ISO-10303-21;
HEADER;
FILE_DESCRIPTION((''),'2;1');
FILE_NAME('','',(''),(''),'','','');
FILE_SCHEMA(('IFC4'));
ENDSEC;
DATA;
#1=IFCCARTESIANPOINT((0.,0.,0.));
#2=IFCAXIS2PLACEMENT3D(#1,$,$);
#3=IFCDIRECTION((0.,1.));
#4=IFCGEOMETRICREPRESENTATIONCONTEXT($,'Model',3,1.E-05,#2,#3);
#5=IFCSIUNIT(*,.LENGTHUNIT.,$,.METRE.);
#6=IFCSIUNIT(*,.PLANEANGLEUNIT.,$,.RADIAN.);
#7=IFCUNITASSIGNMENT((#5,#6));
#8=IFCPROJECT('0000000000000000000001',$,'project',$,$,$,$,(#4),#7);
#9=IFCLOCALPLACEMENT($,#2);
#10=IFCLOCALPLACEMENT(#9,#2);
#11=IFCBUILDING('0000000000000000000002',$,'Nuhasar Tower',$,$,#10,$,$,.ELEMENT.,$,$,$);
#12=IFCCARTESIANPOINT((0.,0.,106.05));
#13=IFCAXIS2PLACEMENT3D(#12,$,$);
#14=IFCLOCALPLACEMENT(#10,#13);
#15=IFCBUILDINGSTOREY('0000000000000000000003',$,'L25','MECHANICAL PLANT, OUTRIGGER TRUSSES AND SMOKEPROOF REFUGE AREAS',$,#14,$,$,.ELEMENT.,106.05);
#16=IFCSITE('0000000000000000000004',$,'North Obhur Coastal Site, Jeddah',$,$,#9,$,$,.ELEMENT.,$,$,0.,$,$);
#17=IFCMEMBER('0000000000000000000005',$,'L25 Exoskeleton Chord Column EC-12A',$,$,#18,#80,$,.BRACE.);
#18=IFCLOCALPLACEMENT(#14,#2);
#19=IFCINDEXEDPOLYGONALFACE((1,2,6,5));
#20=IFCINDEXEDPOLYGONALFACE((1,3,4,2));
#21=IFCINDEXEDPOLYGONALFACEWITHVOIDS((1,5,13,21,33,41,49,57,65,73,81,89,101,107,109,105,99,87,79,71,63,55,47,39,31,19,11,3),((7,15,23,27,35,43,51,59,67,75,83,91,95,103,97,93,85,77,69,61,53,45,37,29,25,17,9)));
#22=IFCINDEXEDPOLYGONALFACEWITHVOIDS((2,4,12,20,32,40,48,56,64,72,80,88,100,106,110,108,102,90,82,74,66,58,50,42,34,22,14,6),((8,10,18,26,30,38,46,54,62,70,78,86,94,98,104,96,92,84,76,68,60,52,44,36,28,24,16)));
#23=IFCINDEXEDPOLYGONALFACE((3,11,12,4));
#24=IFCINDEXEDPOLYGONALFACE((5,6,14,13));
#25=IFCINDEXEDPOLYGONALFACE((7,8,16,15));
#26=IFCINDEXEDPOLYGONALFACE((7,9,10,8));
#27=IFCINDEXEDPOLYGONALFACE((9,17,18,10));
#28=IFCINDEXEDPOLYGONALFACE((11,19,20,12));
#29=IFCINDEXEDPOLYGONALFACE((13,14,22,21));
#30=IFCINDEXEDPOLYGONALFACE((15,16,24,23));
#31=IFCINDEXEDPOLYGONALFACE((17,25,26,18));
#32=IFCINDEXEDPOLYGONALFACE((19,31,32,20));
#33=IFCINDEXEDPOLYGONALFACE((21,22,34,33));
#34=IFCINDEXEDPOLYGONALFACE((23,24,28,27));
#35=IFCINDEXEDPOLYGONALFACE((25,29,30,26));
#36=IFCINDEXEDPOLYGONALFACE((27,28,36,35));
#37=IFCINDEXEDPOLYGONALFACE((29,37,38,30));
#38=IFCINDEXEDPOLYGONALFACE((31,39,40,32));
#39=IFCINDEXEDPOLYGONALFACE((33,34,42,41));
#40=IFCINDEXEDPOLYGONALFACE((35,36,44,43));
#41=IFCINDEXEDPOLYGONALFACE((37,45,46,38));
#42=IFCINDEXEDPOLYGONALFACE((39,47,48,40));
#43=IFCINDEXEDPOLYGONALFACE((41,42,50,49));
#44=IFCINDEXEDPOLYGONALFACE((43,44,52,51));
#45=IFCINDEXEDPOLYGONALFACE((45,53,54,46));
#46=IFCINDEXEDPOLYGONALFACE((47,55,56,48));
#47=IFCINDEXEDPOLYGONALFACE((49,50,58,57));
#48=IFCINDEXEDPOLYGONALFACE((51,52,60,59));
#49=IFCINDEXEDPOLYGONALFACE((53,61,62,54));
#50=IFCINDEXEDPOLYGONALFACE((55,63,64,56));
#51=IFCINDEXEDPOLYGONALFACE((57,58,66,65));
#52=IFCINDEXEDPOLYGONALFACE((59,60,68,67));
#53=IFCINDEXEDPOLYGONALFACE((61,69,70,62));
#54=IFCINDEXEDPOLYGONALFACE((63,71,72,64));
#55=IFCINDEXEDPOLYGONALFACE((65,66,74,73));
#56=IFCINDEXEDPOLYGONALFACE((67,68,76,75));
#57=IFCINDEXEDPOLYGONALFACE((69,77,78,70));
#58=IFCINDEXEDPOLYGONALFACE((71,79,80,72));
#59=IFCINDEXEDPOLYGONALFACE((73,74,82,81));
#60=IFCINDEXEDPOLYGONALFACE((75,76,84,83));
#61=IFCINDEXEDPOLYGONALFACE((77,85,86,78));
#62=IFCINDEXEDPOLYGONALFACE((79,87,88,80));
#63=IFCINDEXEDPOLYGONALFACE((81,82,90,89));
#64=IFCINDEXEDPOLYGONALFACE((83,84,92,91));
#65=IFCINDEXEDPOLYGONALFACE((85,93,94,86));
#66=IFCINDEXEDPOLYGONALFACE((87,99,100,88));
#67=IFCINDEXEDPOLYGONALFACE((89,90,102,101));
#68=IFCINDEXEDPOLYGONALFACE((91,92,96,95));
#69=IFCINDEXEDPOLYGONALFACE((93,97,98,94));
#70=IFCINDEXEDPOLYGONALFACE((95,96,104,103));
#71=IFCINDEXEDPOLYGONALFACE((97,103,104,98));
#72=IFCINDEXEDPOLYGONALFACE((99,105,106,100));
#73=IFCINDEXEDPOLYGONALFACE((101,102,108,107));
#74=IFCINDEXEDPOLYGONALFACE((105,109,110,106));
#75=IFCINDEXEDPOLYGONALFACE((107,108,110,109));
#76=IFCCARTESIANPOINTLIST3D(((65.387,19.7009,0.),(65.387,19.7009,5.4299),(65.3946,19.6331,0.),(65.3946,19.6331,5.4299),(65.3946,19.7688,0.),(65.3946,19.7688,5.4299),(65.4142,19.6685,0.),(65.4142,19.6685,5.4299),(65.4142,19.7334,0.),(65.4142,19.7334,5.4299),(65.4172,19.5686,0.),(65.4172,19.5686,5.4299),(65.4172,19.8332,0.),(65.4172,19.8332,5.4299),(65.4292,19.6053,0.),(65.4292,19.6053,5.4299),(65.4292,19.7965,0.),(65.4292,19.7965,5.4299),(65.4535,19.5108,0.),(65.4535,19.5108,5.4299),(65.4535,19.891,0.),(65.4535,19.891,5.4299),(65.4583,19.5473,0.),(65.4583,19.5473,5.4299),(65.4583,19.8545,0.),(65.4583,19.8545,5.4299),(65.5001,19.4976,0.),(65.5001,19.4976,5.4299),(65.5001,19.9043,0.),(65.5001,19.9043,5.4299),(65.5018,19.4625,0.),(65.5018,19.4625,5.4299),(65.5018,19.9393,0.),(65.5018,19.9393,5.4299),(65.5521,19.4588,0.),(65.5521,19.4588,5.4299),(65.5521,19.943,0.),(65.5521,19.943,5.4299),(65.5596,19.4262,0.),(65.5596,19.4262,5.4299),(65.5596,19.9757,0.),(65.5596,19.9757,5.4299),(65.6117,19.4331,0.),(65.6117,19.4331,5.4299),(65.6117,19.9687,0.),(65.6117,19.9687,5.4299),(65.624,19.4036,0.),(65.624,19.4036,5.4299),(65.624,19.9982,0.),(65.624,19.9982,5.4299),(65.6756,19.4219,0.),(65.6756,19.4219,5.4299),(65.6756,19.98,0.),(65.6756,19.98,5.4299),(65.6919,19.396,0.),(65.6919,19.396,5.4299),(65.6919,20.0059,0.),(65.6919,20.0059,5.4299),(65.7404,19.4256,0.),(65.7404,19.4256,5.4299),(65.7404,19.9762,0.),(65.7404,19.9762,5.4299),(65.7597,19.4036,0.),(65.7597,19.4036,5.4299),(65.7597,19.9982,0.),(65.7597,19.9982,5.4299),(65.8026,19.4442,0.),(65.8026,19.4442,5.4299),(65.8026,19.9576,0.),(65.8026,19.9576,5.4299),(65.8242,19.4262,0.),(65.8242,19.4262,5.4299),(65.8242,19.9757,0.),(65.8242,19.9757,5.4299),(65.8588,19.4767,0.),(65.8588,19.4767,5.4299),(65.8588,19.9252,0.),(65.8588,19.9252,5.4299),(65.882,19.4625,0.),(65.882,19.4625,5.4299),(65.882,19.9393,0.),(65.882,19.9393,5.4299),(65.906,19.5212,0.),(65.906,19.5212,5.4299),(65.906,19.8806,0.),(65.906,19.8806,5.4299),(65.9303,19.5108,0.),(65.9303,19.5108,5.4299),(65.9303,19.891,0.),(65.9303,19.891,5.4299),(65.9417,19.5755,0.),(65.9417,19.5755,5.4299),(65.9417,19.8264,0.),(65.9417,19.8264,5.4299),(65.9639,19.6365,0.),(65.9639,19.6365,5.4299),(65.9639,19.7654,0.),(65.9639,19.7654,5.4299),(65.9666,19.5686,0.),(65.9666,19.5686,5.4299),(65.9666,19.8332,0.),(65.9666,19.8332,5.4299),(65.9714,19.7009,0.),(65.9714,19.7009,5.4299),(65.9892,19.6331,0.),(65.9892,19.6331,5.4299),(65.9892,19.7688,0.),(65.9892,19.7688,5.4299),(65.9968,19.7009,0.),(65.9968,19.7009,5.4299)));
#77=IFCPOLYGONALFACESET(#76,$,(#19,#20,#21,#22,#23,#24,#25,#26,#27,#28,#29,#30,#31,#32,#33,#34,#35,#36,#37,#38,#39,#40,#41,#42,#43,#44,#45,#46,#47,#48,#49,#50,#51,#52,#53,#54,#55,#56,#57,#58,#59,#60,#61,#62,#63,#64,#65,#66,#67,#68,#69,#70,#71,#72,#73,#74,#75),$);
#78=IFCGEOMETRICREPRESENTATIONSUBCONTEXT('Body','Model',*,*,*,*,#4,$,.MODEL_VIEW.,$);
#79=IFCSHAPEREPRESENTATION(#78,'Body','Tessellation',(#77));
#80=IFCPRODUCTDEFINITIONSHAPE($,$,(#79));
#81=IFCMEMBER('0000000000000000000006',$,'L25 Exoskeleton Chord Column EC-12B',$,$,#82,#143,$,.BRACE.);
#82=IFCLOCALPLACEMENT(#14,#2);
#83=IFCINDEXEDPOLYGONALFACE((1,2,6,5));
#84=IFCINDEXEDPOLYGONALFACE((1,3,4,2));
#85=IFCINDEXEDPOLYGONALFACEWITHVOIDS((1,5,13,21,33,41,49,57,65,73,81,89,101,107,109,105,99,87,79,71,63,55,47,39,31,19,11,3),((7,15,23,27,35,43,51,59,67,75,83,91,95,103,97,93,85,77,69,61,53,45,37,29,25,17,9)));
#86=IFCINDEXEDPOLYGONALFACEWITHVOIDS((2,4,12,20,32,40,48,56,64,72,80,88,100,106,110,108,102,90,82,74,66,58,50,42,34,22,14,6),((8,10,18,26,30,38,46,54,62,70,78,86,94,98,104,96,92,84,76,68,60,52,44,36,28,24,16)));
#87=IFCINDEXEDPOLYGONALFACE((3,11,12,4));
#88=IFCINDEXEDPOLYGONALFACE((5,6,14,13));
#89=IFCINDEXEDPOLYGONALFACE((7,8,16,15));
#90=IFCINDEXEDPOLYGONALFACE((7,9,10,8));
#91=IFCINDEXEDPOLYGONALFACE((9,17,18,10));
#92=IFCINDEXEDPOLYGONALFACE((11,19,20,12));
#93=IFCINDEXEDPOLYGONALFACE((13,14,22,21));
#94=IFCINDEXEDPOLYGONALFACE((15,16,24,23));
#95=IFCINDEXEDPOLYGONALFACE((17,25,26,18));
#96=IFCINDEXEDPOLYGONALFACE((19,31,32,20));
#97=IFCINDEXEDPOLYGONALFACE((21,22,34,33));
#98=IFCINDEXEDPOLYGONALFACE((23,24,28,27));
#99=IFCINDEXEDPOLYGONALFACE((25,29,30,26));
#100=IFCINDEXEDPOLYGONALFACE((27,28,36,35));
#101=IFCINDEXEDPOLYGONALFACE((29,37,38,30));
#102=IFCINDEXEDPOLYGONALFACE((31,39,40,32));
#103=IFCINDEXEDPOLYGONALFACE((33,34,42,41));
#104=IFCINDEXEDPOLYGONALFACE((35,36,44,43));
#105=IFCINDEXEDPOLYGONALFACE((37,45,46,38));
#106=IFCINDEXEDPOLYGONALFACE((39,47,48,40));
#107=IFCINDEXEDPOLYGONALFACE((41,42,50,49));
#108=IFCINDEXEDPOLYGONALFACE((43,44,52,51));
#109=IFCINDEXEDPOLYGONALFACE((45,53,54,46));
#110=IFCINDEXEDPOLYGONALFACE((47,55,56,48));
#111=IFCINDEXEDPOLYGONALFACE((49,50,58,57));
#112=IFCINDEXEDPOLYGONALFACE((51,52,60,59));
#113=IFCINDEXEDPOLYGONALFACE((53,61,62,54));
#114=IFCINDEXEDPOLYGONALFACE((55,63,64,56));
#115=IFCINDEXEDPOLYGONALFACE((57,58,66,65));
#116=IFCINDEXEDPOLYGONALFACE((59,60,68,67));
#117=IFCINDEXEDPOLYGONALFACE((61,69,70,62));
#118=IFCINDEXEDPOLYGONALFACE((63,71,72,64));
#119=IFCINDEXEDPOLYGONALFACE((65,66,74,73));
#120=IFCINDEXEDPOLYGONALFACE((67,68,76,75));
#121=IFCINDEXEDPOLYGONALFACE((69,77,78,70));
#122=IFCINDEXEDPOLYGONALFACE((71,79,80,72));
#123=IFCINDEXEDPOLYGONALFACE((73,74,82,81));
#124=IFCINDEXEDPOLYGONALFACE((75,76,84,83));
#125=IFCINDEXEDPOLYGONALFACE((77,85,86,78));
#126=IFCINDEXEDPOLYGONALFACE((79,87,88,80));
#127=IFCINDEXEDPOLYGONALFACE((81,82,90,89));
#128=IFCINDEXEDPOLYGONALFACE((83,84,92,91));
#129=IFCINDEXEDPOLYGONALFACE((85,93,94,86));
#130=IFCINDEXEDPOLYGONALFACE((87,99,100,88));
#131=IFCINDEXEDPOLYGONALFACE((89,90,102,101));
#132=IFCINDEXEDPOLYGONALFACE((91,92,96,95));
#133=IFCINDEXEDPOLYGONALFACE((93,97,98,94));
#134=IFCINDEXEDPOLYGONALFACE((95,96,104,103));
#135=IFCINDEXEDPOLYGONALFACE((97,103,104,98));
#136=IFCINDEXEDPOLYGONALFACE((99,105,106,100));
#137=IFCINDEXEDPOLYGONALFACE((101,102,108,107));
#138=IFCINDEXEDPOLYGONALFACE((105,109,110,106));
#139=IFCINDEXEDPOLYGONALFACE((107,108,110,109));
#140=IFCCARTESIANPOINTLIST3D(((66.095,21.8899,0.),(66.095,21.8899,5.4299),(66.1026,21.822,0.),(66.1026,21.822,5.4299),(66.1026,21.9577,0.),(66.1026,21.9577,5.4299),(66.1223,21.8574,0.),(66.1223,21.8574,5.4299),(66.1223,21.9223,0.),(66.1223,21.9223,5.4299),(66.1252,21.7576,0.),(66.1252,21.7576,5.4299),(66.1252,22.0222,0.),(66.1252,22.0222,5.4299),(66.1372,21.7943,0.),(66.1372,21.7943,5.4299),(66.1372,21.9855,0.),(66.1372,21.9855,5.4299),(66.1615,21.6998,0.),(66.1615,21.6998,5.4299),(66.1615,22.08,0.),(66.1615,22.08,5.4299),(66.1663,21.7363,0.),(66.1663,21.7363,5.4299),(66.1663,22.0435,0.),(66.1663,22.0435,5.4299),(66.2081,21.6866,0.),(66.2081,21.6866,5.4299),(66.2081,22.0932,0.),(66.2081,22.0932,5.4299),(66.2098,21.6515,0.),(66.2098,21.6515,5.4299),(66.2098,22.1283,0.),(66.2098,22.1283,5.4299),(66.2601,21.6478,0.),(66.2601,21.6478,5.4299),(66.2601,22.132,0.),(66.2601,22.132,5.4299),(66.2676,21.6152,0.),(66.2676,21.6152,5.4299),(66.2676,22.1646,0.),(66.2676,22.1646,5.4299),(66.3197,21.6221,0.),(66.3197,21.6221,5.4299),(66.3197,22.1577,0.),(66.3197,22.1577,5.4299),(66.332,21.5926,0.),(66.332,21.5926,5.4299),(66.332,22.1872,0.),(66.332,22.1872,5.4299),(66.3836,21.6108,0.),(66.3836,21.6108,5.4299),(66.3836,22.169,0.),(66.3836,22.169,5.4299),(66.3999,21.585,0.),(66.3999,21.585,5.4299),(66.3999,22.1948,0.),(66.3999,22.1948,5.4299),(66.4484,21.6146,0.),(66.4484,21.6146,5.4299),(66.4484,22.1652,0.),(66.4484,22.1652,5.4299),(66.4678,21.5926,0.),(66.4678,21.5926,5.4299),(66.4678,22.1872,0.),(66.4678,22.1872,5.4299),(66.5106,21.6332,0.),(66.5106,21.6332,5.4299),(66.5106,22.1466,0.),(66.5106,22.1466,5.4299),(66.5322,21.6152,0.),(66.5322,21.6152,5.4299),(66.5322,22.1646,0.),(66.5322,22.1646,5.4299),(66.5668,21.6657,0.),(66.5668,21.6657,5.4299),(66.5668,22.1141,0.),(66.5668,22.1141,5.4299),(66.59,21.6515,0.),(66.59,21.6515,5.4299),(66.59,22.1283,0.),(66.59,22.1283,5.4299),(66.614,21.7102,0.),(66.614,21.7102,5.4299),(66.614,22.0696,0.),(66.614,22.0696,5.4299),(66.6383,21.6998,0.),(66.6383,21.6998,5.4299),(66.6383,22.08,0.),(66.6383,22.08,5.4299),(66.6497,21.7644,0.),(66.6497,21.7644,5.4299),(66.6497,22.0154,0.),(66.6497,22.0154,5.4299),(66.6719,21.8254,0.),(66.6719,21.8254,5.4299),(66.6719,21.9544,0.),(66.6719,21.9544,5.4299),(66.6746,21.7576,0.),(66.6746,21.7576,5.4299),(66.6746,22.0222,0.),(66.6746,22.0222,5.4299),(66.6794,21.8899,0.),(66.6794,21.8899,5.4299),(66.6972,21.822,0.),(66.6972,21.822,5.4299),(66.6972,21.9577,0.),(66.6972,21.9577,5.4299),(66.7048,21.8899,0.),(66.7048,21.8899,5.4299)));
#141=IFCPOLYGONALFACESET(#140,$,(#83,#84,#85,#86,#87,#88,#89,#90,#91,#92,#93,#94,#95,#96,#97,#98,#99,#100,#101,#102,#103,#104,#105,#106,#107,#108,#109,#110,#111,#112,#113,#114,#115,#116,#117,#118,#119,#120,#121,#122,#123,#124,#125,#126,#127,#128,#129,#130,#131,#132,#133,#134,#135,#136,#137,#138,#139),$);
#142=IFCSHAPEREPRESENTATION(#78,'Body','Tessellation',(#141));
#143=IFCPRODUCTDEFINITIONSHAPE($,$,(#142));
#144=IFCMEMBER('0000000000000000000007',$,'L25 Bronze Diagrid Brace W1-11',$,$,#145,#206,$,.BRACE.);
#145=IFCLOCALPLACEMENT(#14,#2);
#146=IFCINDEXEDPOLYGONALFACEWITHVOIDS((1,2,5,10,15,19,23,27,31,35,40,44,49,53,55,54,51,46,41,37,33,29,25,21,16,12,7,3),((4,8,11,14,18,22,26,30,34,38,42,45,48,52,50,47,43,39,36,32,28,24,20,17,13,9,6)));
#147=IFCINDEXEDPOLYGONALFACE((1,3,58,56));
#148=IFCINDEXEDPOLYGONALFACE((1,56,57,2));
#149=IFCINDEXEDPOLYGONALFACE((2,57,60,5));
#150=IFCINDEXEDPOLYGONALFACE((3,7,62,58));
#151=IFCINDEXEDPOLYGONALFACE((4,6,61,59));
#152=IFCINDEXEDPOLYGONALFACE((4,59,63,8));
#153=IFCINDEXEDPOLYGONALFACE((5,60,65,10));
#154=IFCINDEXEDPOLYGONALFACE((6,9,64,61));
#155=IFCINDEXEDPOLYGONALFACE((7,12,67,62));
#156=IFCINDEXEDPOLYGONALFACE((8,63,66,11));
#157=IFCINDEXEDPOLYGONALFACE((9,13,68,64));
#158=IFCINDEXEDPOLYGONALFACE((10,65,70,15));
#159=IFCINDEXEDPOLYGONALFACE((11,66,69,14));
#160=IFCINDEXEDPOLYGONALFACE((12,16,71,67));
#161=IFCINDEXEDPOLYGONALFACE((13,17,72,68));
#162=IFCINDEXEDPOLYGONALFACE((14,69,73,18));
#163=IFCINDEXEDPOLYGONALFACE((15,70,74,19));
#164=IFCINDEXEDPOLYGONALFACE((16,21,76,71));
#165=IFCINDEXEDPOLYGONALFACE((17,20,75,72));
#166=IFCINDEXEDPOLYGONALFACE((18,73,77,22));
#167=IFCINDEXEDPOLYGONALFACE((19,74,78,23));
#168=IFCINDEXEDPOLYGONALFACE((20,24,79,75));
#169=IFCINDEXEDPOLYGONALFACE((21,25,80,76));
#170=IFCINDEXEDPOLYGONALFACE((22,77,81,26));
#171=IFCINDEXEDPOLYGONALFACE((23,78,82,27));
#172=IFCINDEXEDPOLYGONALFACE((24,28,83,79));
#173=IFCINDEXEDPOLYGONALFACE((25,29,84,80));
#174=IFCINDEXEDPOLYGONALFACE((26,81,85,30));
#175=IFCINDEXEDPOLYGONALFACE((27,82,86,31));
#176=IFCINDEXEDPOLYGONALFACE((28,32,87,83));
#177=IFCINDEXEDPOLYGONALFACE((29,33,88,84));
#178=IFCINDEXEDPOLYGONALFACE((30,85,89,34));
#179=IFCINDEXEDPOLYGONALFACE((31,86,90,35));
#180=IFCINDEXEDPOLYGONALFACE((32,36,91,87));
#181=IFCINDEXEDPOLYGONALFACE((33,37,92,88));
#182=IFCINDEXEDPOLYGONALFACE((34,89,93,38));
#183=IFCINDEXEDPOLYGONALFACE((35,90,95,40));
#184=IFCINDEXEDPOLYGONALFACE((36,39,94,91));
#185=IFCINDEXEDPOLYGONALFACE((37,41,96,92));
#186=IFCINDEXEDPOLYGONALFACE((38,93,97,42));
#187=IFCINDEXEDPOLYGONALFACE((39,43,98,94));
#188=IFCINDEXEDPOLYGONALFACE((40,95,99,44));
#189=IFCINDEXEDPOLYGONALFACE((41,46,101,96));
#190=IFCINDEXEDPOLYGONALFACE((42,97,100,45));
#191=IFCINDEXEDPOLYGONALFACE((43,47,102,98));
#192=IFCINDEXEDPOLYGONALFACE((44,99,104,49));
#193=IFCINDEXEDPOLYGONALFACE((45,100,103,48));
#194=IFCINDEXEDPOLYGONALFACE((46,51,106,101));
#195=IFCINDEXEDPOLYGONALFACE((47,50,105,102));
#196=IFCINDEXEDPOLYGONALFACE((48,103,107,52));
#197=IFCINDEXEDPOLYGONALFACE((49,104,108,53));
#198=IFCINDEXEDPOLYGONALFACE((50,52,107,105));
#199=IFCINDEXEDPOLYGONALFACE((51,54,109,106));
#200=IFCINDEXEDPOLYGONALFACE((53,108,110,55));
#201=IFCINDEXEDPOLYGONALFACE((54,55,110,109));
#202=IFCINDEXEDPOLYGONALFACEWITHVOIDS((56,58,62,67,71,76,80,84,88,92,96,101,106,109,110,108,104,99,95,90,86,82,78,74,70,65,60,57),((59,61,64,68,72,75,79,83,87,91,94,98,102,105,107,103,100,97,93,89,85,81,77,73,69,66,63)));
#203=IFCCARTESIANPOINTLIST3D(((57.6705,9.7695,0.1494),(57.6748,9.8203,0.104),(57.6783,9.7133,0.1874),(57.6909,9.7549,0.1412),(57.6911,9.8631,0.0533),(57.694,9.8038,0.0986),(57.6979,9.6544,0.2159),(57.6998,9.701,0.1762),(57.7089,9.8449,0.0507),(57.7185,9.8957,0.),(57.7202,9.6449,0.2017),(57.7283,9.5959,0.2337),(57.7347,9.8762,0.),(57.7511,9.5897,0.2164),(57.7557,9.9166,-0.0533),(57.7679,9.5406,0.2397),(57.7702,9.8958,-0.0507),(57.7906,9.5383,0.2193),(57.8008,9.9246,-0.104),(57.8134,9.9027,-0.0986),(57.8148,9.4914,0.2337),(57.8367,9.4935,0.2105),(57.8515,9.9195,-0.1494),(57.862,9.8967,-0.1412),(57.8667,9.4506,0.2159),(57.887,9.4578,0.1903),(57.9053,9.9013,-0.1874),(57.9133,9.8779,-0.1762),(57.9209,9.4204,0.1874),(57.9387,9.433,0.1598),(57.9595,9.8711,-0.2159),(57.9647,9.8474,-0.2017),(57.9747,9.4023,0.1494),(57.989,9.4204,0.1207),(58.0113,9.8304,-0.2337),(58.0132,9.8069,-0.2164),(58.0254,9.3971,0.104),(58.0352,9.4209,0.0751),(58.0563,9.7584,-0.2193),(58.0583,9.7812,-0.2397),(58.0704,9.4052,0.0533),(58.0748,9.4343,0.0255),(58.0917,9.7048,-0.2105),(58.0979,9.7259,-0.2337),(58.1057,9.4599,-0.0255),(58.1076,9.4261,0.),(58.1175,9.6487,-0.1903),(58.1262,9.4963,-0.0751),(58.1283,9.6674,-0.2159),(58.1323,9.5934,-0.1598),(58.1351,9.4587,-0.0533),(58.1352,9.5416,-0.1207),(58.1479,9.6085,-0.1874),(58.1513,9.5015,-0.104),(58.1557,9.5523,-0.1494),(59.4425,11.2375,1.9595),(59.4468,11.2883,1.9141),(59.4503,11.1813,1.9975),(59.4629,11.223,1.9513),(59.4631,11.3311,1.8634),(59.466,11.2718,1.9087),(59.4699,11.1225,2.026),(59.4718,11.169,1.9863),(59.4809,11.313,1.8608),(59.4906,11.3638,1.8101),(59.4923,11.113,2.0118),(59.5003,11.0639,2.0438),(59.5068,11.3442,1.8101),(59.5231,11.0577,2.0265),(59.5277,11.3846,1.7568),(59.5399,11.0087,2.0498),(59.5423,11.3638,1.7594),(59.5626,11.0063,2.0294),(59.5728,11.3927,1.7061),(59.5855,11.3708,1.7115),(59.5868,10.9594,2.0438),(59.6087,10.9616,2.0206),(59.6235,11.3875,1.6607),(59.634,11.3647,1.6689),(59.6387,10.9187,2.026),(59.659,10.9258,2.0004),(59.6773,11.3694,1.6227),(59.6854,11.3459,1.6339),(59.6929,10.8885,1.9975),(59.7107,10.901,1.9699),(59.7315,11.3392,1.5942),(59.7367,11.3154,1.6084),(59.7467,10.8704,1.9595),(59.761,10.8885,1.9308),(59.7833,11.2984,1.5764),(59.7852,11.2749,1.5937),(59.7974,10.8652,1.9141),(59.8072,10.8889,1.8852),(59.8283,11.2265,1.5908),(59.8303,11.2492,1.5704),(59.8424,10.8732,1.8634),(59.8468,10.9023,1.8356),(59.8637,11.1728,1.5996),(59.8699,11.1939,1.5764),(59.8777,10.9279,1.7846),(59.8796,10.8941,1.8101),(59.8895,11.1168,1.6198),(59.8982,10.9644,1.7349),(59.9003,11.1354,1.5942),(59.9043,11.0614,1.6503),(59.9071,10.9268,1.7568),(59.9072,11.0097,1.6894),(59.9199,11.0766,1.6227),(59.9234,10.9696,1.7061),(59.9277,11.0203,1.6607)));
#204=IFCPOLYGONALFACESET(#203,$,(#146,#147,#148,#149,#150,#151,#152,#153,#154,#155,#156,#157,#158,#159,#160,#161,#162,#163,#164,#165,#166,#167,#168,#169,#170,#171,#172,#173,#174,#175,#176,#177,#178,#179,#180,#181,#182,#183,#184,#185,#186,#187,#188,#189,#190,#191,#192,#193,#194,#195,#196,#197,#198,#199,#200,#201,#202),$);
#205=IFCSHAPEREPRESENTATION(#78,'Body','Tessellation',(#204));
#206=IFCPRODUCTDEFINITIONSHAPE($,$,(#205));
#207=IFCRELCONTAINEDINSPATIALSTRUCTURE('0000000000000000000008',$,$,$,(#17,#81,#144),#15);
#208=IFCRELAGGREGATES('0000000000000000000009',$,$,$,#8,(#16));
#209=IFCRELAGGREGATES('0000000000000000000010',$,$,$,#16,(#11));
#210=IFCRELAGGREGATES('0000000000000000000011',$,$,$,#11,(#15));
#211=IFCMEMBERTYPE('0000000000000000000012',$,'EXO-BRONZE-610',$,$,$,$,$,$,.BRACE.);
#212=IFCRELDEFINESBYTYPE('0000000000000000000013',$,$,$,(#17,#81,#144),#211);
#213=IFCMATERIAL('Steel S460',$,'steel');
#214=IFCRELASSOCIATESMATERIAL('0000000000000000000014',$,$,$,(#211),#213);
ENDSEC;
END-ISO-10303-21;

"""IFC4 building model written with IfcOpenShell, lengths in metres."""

from ifc_helpers import new_model, si_unit, direction, frame, origin, origin_2d, place, context, subcontext, project, spatial, hollow_circle, extrude, material, material_profile, profile_set, type_object, element, save


model = new_model("IFC4")

# Units and contexts
model_context = context("Model", 3, precision=1e-05, world=origin(), true_north=direction((0.0, 1.0)))
body_context = subcontext(model_context, "Body", "Model", "MODEL_VIEW")
ifc_project = project(units=[si_unit("LENGTHUNIT", "METRE"), si_unit("PLANEANGLEUNIT", "RADIAN")], contexts=[model_context])

# Site, building, storey
site_placement = place(None, origin())
site = spatial("IfcSite", under=ifc_project, at=site_placement, Name="North Obhur Coastal Site, Jeddah", CompositionType="ELEMENT", RefElevation=0.0)
building_placement = place(site_placement, origin())
building = spatial("IfcBuilding", under=site, at=building_placement, Name="Nuhasar Tower", CompositionType="ELEMENT")
storey_placement = place(building_placement, frame((0.0, 0.0, 106.05)))
storey = spatial("IfcBuildingStorey", under=building, at=storey_placement, Name="L25", Description="MECHANICAL PLANT, OUTRIGGER TRUSSES AND SMOKEPROOF REFUGE AREAS", CompositionType="ELEMENT", Elevation=106.05)

# Shared definitions
ifc_material_1 = material(Name="Steel S460", Category="steel")

# Members
ifc_material_profile_1 = material_profile(ifc_material_1, hollow_circle(Radius=0.3049, WallThickness=0.0254, at=origin_2d()), Name="HSS610X25.4")
ifc_profile_set_1 = profile_set([ifc_material_profile_1], Name="Steel S460")
member_type_1 = type_object("IfcMemberType", Name="EXO-BRONZE-610", PredefinedType="BRACE", material=ifc_profile_set_1)
for number, where, z_axis, x_axis, name in (
    (1, (65.6919, 19.7009, 0.0), (0.0, 0.0, 1.0), (1.0, 0.0, 0.0), "L25 Exoskeleton Chord Column EC-12A"),
    (2, (66.3999, 21.8899, 0.0), (0.0, 0.0, 1.0), (1.0, 0.0, 0.0), "L25 Exoskeleton Chord Column EC-12B"),
):
    element("IfcMember", number, at=place(storey_placement, frame(where, z_axis=z_axis, x_axis=x_axis)), inside=storey, type_object=member_type_1, Name=name, PredefinedType="BRACE", context=body_context, shape_type="SweptSolid", body=[
        extrude(hollow_circle(Radius=0.3049, WallThickness=0.0254, at=origin_2d()), origin(), (0.0, 0.0, 1.0), 5.4299),
    ])
member_1_placement = place(storey_placement, frame((57.9131, 9.6609, 0.0), z_axis=(0.605249, 0.501428, 0.618258), x_axis=(-0.637969, 0.770062, 0.0)))
element("IfcMember", 3, at=member_1_placement, inside=storey, type_object=member_type_1, Name="L25 Bronze Diagrid Brace W1-11", PredefinedType="BRACE", context=body_context, shape_type="SweptSolid", body=[
    extrude(hollow_circle(Radius=0.3049, WallThickness=0.0254, at=origin_2d()), origin(), (0.0, 0.0, 1.0), 2.9277),
])

save(model, "model.ifc")
